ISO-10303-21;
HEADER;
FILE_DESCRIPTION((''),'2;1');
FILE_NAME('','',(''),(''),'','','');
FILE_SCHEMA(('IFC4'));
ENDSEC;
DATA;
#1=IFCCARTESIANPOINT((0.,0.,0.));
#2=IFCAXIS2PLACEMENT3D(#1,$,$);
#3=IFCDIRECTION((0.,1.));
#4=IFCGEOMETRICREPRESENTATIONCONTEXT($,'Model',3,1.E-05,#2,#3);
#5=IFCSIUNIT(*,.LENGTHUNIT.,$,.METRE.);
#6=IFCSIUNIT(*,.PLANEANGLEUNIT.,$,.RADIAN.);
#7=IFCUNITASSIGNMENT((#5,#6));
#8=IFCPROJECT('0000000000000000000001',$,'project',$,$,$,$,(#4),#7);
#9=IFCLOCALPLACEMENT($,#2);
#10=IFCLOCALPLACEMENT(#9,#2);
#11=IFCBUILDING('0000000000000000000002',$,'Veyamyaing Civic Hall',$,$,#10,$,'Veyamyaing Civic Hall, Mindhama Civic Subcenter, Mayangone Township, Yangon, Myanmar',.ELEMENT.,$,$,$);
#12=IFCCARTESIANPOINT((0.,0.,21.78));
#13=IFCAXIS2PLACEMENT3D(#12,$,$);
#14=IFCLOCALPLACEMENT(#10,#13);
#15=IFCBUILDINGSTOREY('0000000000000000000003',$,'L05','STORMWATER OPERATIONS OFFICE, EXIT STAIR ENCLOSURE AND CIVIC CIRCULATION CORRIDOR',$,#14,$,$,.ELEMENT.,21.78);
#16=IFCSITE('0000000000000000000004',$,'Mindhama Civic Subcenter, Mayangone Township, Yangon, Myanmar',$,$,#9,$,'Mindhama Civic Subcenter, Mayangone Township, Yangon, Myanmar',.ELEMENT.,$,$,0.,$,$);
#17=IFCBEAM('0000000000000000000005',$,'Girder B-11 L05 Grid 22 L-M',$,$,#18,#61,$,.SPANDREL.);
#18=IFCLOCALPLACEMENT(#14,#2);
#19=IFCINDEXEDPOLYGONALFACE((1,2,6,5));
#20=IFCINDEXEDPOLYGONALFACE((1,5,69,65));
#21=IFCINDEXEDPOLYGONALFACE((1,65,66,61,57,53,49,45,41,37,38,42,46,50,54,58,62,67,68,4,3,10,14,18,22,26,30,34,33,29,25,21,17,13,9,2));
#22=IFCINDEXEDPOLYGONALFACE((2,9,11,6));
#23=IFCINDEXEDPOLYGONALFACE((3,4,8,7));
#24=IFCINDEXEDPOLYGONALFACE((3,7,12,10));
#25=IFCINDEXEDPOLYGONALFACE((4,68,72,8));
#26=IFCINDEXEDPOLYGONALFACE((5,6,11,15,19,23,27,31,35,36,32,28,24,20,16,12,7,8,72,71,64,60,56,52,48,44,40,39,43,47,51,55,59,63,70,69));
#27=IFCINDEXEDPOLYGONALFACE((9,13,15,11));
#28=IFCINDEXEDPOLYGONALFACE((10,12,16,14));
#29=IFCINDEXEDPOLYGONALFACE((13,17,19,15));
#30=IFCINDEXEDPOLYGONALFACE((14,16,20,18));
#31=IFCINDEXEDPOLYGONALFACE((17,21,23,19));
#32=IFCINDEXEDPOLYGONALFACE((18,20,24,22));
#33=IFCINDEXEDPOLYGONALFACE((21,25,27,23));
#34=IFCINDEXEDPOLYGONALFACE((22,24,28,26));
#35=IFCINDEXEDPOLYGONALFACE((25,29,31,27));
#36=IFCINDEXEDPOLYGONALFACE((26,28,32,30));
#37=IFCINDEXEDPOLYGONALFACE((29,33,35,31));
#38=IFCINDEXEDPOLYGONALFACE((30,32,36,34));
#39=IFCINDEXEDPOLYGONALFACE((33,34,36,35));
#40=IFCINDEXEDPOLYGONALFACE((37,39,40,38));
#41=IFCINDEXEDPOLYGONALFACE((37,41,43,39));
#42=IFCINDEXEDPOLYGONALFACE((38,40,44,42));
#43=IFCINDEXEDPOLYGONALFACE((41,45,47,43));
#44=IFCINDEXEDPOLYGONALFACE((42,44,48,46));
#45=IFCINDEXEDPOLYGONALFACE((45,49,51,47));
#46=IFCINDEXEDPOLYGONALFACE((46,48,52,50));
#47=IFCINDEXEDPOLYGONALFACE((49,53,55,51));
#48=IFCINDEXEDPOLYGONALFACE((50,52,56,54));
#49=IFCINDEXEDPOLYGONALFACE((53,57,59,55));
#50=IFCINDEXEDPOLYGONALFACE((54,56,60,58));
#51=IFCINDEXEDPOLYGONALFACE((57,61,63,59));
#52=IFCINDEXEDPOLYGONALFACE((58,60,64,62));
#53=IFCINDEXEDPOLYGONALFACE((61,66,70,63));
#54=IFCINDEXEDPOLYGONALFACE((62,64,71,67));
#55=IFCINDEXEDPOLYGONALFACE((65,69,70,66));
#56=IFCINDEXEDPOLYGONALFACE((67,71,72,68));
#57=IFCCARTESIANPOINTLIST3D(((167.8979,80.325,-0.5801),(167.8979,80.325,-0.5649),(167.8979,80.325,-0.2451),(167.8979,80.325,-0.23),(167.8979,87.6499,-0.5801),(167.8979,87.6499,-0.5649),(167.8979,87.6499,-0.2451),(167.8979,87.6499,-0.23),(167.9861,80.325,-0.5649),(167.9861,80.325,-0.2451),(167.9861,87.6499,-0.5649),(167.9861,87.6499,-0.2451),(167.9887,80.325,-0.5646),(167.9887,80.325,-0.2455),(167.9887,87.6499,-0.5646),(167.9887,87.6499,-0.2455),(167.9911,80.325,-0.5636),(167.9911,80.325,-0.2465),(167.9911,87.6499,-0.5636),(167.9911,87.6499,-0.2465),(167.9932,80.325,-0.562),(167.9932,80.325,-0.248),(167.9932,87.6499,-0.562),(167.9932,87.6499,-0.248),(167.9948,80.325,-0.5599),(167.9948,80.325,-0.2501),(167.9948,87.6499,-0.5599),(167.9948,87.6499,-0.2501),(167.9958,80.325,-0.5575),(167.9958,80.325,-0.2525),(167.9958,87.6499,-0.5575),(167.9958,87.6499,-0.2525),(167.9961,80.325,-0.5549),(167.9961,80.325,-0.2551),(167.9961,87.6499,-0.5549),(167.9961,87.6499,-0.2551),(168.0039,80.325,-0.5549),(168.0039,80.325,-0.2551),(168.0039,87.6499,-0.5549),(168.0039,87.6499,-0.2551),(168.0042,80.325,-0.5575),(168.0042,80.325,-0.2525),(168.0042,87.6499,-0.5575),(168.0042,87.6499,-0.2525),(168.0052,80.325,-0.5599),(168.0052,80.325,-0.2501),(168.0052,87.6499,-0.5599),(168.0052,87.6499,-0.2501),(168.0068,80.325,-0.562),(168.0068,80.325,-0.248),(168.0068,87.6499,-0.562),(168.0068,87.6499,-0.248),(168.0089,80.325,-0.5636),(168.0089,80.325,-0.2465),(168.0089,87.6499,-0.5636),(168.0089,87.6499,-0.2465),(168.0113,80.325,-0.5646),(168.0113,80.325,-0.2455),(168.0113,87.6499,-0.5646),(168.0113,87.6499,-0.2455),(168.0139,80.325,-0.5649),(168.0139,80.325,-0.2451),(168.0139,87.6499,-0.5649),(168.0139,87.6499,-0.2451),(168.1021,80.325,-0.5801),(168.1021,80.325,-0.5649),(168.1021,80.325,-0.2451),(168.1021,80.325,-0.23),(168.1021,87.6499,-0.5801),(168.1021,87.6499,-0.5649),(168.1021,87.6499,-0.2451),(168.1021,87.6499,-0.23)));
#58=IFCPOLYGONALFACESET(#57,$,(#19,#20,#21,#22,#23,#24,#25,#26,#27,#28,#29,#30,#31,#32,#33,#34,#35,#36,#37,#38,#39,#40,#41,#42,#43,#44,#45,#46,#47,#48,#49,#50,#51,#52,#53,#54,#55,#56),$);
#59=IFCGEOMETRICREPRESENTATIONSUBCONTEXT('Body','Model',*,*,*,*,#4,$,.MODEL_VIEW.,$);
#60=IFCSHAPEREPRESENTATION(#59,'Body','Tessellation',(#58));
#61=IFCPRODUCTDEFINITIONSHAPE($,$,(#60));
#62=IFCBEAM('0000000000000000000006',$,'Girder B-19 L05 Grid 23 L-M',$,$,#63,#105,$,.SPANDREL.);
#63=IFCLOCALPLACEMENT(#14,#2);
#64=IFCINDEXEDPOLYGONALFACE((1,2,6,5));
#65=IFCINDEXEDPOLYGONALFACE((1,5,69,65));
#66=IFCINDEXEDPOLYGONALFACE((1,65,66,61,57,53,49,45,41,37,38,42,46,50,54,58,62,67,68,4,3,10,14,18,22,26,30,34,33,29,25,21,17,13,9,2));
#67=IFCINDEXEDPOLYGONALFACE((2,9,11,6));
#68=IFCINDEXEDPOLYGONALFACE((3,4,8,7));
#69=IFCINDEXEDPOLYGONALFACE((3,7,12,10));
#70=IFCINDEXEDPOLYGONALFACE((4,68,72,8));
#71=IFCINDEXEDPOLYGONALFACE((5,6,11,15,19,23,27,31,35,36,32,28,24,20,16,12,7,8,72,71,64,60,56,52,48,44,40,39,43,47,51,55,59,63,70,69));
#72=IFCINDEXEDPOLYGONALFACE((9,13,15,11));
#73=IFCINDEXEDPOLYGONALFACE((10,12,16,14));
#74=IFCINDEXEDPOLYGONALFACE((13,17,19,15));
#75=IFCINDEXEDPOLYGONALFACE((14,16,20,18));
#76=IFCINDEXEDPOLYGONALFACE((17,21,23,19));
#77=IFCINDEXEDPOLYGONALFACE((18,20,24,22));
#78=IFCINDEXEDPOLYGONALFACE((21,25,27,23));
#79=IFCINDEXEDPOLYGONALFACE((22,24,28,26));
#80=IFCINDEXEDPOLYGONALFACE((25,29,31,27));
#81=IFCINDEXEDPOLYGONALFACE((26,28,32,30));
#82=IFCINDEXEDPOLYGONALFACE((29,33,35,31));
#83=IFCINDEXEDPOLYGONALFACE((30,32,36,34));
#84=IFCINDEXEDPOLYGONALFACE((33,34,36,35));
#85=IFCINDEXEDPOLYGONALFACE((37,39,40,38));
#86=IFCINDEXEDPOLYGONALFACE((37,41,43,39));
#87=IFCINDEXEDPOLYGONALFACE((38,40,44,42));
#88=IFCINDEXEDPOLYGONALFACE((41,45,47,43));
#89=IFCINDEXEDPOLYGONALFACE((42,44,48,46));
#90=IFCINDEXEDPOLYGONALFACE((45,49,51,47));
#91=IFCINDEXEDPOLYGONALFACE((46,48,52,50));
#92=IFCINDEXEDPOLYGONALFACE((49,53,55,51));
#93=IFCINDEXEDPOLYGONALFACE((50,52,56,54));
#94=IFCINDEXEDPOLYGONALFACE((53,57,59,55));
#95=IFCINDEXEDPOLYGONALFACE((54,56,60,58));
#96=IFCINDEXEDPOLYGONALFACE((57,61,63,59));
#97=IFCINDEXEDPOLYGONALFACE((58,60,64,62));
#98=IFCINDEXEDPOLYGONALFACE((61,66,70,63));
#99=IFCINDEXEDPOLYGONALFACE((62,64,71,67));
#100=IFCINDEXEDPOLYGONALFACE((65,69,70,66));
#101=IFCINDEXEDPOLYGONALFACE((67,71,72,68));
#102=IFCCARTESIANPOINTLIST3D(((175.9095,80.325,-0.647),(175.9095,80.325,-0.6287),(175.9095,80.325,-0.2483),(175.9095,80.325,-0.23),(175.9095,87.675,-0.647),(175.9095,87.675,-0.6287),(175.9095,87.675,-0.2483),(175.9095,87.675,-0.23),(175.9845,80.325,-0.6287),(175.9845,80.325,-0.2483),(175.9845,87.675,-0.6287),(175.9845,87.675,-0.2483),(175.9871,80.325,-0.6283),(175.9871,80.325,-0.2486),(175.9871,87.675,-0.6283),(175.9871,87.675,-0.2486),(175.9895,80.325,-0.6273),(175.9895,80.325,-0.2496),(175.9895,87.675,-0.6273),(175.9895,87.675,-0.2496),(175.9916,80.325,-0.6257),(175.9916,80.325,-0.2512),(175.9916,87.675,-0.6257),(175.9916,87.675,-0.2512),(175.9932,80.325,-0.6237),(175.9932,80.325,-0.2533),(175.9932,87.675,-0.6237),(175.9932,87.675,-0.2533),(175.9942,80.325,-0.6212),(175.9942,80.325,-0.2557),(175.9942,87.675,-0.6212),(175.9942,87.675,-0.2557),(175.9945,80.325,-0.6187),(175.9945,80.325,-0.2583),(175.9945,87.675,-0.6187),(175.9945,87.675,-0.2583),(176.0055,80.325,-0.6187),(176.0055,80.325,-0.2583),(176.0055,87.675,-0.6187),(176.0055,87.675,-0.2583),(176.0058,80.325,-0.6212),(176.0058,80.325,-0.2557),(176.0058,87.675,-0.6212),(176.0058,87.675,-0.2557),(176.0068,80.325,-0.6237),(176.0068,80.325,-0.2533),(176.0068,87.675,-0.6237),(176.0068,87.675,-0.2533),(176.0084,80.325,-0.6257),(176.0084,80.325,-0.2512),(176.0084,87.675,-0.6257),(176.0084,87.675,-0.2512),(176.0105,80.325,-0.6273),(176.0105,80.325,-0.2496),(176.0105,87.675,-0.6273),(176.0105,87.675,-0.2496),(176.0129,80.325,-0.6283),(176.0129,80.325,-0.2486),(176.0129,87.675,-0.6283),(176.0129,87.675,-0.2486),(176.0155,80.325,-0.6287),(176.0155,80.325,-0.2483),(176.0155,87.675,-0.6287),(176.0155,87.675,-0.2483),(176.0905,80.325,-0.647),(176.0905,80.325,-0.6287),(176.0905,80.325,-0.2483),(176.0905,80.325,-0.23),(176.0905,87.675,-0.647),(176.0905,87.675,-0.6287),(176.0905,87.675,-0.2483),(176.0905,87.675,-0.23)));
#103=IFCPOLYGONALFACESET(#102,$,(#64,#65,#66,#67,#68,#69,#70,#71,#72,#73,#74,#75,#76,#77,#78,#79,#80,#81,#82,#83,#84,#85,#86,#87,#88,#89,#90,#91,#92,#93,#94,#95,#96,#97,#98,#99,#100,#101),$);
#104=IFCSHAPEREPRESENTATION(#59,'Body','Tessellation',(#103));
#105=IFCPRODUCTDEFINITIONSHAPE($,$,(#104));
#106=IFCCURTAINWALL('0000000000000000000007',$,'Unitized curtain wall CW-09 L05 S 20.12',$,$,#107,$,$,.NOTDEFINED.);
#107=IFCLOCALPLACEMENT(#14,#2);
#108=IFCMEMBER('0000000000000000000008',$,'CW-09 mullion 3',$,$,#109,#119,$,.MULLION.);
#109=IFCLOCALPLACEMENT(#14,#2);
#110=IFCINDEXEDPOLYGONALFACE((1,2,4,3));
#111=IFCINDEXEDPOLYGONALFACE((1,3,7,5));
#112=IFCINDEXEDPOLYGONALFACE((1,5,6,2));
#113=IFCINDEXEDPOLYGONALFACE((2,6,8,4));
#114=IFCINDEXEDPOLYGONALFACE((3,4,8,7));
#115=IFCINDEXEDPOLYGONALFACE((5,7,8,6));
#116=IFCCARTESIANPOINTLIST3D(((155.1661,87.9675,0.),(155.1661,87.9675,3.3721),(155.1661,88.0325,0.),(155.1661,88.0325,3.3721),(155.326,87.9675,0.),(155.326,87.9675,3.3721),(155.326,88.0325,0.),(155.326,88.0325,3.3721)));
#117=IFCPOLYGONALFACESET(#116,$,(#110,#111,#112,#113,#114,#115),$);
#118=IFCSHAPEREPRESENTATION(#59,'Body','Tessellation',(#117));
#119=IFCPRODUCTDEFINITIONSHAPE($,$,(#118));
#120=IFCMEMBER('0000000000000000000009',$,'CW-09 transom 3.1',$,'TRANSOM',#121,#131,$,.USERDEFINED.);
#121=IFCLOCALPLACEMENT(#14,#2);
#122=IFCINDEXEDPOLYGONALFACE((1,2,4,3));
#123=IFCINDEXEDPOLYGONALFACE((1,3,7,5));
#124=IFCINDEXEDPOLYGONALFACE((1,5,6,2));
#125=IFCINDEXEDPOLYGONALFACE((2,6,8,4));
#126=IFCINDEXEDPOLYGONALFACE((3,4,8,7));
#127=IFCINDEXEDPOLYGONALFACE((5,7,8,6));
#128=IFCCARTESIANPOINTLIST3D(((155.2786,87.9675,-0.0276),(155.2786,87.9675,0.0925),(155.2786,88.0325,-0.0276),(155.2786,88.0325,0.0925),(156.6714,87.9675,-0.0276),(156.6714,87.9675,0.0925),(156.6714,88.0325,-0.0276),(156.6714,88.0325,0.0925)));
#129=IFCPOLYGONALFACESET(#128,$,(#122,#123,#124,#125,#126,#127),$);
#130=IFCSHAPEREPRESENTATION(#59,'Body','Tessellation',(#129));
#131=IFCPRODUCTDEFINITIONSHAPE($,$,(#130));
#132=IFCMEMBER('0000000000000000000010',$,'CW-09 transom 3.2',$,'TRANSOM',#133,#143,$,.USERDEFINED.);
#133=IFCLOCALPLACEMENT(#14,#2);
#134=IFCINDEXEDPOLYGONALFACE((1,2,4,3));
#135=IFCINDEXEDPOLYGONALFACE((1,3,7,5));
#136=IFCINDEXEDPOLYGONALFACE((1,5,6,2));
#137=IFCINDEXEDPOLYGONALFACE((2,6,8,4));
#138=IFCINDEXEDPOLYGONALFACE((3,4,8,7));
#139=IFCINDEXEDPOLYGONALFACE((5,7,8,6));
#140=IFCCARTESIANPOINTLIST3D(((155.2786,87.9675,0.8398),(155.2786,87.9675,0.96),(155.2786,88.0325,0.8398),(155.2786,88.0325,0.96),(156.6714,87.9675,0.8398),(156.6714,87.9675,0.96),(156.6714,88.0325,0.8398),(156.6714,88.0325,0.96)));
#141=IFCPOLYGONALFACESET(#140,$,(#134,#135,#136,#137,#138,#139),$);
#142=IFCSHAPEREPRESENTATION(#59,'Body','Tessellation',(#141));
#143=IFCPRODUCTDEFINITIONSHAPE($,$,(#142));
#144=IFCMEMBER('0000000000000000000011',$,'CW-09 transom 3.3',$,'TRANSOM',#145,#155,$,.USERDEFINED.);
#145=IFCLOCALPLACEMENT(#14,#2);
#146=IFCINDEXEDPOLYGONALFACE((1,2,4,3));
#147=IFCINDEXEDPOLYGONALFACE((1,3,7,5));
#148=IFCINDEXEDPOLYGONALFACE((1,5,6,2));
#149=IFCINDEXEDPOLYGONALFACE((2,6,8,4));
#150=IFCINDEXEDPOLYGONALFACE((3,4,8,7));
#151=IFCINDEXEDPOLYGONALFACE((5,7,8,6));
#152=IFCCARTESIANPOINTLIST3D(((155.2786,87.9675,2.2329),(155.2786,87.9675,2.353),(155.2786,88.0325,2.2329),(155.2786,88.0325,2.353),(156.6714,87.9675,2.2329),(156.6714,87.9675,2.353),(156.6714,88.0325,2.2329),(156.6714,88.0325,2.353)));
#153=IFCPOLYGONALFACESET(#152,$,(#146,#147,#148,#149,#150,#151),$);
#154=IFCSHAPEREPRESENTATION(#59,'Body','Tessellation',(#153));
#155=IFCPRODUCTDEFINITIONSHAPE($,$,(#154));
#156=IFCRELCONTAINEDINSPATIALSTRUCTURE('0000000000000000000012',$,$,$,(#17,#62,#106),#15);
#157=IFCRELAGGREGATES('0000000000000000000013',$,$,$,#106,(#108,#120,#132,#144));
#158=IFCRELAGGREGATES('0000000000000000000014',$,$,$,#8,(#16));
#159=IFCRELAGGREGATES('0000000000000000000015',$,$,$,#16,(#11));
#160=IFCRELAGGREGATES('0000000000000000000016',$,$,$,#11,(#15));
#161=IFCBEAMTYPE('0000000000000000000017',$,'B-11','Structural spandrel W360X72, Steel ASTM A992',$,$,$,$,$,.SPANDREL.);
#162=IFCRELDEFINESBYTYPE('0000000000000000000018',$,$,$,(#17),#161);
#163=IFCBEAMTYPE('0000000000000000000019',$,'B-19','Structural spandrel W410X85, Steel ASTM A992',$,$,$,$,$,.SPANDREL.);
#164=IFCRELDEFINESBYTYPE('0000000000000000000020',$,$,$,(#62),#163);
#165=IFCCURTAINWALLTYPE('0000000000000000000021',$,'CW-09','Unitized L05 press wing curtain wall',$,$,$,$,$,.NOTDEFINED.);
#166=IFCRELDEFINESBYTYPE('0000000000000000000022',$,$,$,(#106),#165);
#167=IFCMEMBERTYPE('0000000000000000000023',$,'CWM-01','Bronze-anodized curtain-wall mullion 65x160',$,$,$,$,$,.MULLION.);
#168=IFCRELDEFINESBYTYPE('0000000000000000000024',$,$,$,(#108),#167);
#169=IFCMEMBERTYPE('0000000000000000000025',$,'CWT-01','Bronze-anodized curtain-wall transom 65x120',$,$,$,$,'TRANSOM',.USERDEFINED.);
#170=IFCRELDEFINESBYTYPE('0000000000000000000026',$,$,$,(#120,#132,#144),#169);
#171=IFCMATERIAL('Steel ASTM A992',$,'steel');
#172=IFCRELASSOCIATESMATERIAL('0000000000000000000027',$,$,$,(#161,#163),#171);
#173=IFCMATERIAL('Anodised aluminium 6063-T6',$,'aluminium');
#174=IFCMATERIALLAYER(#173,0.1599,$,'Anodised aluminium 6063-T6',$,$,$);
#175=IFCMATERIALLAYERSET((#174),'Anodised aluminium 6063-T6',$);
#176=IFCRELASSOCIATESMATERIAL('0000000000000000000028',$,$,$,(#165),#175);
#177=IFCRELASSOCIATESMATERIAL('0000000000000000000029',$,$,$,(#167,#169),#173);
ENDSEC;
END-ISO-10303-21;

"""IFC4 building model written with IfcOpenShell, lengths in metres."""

from ifc_helpers import new_model, si_unit, direction, frame, origin, origin_2d, place, context, subcontext, project, spatial, rectangle, i_section, extrude, material, layer, layer_set, material_profile, profile_set, type_object, element, aggregate, save


model = new_model("IFC4")

# Units and contexts
model_context = context("Model", 3, precision=1e-05, world=origin(), true_north=direction((0.0, 1.0)))
body_context = subcontext(model_context, "Body", "Model", "MODEL_VIEW")
ifc_project = project(units=[si_unit("LENGTHUNIT", "METRE"), si_unit("PLANEANGLEUNIT", "RADIAN")], contexts=[model_context])

# Site, building, storey
site_placement = place(None, origin())
site = spatial("IfcSite", under=ifc_project, at=site_placement, Name="Mindhama Civic Subcenter, Mayangone Township, Yangon, Myanmar", LongName="Mindhama Civic Subcenter, Mayangone Township, Yangon, Myanmar", CompositionType="ELEMENT", RefElevation=0.0)
building_placement = place(site_placement, origin())
building = spatial("IfcBuilding", under=site, at=building_placement, Name="Veyamyaing Civic Hall", LongName="Veyamyaing Civic Hall, Mindhama Civic Subcenter, Mayangone Township, Yangon, Myanmar", CompositionType="ELEMENT")
storey_placement = place(building_placement, frame((0.0, 0.0, 21.78)))
storey = spatial("IfcBuildingStorey", under=building, at=storey_placement, Name="L05", Description="STORMWATER OPERATIONS OFFICE, EXIT STAIR ENCLOSURE AND CIVIC CIRCULATION CORRIDOR", CompositionType="ELEMENT", Elevation=21.78)

# Beams
ifc_material_1 = material(Name="Steel ASTM A992", Category="steel")
ifc_material_profile_1 = material_profile(ifc_material_1, i_section(OverallWidth=0.2041, OverallDepth=0.3501, WebThickness=0.0078, FlangeThickness=0.0151, FilletRadius=0.01, at=origin_2d()), Name="W360X72")
ifc_profile_set_1 = profile_set([ifc_material_profile_1], Name="Steel ASTM A992")
beam_type_1 = type_object("IfcBeamType", Name="B-11", Description="Structural spandrel W360X72, Steel ASTM A992", PredefinedType="SPANDREL", material=ifc_profile_set_1)
beam_1_placement = place(storey_placement, frame((168.0, 80.325, -0.405), z_axis=(0.0, 1.0, 0.0), x_axis=(-1.0, 0.0, 0.0)))
element("IfcBeam", 1, at=beam_1_placement, inside=storey, type_object=beam_type_1, Name="Girder B-11 L05 Grid 22 L-M", PredefinedType="SPANDREL", context=body_context, shape_type="SweptSolid", body=[
    extrude(i_section(OverallWidth=0.2041, OverallDepth=0.3501, WebThickness=0.0078, FlangeThickness=0.0151, FilletRadius=0.01, at=origin_2d()), origin(), (0.0, 0.0, 1.0), 7.325),
])
ifc_material_profile_2 = material_profile(ifc_material_1, i_section(OverallWidth=0.1809, OverallDepth=0.417, WebThickness=0.011, FlangeThickness=0.0183, FilletRadius=0.01, at=origin_2d()), Name="W410X85")
ifc_profile_set_2 = profile_set([ifc_material_profile_2], Name="Steel ASTM A992")
beam_type_2 = type_object("IfcBeamType", Name="B-19", Description="Structural spandrel W410X85, Steel ASTM A992", PredefinedType="SPANDREL", material=ifc_profile_set_2)
beam_2_placement = place(storey_placement, frame((176.0, 80.325, -0.4385), z_axis=(0.0, 1.0, 0.0), x_axis=(-1.0, 0.0, 0.0)))
element("IfcBeam", 2, at=beam_2_placement, inside=storey, type_object=beam_type_2, Name="Girder B-19 L05 Grid 23 L-M", PredefinedType="SPANDREL", context=body_context, shape_type="SweptSolid", body=[
    extrude(i_section(OverallWidth=0.1809, OverallDepth=0.417, WebThickness=0.011, FlangeThickness=0.0183, FilletRadius=0.01, at=origin_2d()), origin(), (0.0, 0.0, 1.0), 7.3501),
])

# Curtain wall, members
ifc_material_2 = material(Name="Anodised aluminium 6063-T6", Category="aluminium")
ifc_layer_1 = layer(ifc_material_2, 0.1599, Name="Anodised aluminium 6063-T6")
ifc_layer_set_1 = layer_set([ifc_layer_1], Name="Anodised aluminium 6063-T6")
curtain_wall_type = type_object("IfcCurtainWallType", Name="CW-09", Description="Unitized L05 press wing curtain wall", PredefinedType="NOTDEFINED", material=ifc_layer_set_1)
curtain_wall_placement = place(storey_placement, origin())
curtain_wall = element("IfcCurtainWall", 3, at=curtain_wall_placement, inside=storey, type_object=curtain_wall_type, Name="Unitized curtain wall CW-09 L05 S 20.12", PredefinedType="NOTDEFINED")
ifc_material_profile_3 = material_profile(ifc_material_2, rectangle(XDim=0.0649, YDim=0.1599, at=origin_2d()), Name="ALU-MUL-65X160")
ifc_profile_set_3 = profile_set([ifc_material_profile_3], Name="Anodised aluminium 6063-T6")
member_type_1 = type_object("IfcMemberType", Name="CWM-01", Description="Bronze-anodized curtain-wall mullion 65x160", PredefinedType="MULLION", material=ifc_profile_set_3)
member_1_placement = place(storey_placement, frame((155.2461, 88.0, 0.0), z_axis=(0.0, 0.0, 1.0), x_axis=(0.0, 1.0, 0.0)))
member_1 = element("IfcMember", 4, at=member_1_placement, type_object=member_type_1, Name="CW-09 mullion 3", PredefinedType="MULLION", context=body_context, shape_type="SweptSolid", body=[
    extrude(rectangle(XDim=0.0649, YDim=0.1599, at=origin_2d()), origin(), (0.0, 0.0, 1.0), 3.3721),
])
ifc_material_profile_4 = material_profile(ifc_material_2, rectangle(XDim=0.0649, YDim=0.1201, at=origin_2d()), Name="ALU-TRN-65X120")
ifc_profile_set_4 = profile_set([ifc_material_profile_4], Name="Anodised aluminium 6063-T6")
member_type_2 = type_object("IfcMemberType", Name="CWT-01", Description="Bronze-anodized curtain-wall transom 65x120", ElementType="TRANSOM", PredefinedType="USERDEFINED", material=ifc_profile_set_4)
member_2_placement = place(storey_placement, frame((155.2786, 88.0, 0.0325), z_axis=(1.0, 0.0, 0.0), x_axis=(0.0, 1.0, 0.0)))
member_2 = element("IfcMember", 5, at=member_2_placement, type_object=member_type_2, Name="CW-09 transom 3.1", ObjectType="TRANSOM", PredefinedType="USERDEFINED", context=body_context, shape_type="SweptSolid", body=[
    extrude(rectangle(XDim=0.0649, YDim=0.1201, at=origin_2d()), origin(), (0.0, 0.0, 1.0), 1.3928),
])
member_3_placement = place(storey_placement, frame((155.2786, 88.0, 0.8999), z_axis=(1.0, 0.0, 0.0), x_axis=(0.0, 1.0, 0.0)))
member_3 = element("IfcMember", 6, at=member_3_placement, type_object=member_type_2, Name="CW-09 transom 3.2", ObjectType="TRANSOM", PredefinedType="USERDEFINED", context=body_context, shape_type="SweptSolid", body=[
    extrude(rectangle(XDim=0.0649, YDim=0.1201, at=origin_2d()), origin(), (0.0, 0.0, 1.0), 1.3928),
])
member_4_placement = place(storey_placement, frame((155.2786, 88.0, 2.293), z_axis=(1.0, 0.0, 0.0), x_axis=(0.0, 1.0, 0.0)))
member_4 = element("IfcMember", 7, at=member_4_placement, type_object=member_type_2, Name="CW-09 transom 3.3", ObjectType="TRANSOM", PredefinedType="USERDEFINED", context=body_context, shape_type="SweptSolid", body=[
    extrude(rectangle(XDim=0.0649, YDim=0.1201, at=origin_2d()), origin(), (0.0, 0.0, 1.0), 1.3928),
])

aggregate(curtain_wall, [member_1, member_2, member_3, member_4])

save(model, "model.ifc")
